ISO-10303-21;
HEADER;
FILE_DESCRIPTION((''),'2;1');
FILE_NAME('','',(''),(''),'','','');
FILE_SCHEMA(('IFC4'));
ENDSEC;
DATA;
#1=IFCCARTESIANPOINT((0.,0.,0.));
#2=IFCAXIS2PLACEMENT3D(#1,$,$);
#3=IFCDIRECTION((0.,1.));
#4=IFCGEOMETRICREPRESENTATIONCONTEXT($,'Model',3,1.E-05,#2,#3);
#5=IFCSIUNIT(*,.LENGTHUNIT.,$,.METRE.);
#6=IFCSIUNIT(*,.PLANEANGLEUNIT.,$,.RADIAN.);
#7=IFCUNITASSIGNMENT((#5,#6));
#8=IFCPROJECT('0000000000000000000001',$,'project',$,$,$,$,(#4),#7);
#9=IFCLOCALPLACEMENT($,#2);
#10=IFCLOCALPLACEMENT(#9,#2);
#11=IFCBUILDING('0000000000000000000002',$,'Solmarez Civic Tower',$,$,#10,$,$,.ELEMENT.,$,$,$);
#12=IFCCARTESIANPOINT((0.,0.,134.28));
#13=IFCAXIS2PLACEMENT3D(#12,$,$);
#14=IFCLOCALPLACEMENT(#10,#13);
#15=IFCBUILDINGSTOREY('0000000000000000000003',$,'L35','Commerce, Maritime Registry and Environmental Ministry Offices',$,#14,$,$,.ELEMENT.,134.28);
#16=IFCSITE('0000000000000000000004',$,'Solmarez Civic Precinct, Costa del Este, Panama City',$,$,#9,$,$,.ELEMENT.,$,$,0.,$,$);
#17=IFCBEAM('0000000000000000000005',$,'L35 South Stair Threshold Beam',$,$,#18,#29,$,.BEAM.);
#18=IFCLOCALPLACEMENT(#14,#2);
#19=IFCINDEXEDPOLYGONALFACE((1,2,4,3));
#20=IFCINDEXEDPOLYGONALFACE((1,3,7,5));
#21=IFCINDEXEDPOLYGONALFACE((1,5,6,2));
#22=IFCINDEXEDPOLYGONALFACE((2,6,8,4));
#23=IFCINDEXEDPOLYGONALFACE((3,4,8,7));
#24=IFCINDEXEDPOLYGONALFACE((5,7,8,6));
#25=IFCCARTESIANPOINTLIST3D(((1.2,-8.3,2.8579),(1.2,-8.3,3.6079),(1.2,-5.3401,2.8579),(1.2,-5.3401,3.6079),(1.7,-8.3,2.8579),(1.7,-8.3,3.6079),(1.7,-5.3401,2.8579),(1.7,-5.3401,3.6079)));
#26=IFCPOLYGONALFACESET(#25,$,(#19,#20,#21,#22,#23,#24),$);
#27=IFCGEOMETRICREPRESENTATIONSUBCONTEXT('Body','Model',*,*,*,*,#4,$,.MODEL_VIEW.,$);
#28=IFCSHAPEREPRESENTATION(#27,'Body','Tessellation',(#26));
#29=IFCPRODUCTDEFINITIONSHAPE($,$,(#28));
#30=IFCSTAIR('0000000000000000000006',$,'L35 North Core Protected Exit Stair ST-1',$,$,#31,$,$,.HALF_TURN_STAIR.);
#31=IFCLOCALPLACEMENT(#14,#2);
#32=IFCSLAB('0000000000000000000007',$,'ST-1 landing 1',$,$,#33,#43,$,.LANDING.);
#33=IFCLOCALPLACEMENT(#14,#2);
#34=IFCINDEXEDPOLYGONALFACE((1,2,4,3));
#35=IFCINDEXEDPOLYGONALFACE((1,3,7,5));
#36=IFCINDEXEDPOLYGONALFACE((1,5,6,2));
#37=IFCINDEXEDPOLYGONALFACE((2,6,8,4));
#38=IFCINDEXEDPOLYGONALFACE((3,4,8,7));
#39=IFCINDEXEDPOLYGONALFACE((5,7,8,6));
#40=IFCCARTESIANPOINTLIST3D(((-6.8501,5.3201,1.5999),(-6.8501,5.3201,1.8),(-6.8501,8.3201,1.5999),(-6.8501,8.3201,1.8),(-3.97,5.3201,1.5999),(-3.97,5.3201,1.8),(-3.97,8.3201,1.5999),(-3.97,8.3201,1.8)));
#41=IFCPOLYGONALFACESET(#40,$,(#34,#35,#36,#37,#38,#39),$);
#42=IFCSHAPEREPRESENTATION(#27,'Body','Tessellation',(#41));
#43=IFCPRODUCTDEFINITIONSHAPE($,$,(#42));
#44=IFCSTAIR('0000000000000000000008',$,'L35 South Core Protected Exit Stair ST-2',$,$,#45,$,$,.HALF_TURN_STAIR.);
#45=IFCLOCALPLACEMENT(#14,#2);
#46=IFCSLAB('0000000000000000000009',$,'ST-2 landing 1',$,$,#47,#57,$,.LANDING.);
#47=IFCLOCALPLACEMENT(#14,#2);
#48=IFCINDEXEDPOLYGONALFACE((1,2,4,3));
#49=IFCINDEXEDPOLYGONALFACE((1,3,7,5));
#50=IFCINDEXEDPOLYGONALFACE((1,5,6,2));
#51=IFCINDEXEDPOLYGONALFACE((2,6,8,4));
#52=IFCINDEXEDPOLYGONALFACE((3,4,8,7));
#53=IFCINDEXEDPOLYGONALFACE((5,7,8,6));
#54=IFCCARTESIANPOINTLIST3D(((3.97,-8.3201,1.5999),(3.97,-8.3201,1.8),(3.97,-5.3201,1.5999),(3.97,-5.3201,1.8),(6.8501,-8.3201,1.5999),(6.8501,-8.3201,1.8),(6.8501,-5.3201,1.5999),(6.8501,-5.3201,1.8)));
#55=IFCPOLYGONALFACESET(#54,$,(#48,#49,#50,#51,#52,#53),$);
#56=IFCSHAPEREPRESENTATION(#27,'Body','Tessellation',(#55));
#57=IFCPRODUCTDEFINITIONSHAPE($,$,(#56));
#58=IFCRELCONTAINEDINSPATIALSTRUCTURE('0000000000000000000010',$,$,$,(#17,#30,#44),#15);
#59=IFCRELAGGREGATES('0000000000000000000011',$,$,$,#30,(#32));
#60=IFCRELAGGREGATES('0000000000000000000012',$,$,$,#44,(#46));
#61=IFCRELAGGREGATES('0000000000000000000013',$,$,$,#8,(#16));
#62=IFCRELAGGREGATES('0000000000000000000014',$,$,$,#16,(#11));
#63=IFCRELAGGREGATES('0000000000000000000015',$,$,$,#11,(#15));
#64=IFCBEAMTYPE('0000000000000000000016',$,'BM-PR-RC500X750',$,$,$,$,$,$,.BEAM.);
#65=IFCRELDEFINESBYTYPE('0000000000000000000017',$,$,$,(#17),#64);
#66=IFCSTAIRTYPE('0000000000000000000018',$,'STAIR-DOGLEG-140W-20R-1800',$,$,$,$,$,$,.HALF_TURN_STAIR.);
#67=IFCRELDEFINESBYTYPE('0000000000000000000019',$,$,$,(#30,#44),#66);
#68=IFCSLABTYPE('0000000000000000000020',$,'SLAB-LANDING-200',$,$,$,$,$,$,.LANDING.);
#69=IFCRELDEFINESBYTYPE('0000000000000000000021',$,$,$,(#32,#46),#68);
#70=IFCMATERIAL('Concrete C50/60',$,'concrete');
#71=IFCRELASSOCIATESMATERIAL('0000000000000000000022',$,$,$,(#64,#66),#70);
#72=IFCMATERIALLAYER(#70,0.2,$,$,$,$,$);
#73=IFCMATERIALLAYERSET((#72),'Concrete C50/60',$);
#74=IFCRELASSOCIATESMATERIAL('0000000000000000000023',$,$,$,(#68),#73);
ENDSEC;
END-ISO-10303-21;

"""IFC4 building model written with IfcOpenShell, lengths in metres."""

from ifc_helpers import new_model, si_unit, direction, frame, origin, origin_2d, place, context, subcontext, project, spatial, polyline, rectangle, outline, extrude, material, layer, layer_set, material_profile, profile_set, type_object, element, aggregate, save


model = new_model("IFC4")

# Units and contexts
model_context = context("Model", 3, precision=1e-05, world=origin(), true_north=direction((0.0, 1.0)))
body_context = subcontext(model_context, "Body", "Model", "MODEL_VIEW")
ifc_project = project(units=[si_unit("LENGTHUNIT", "METRE"), si_unit("PLANEANGLEUNIT", "RADIAN")], contexts=[model_context])

# Site, building, storey
site_placement = place(None, origin())
site = spatial("IfcSite", under=ifc_project, at=site_placement, Name="Solmarez Civic Precinct, Costa del Este, Panama City", CompositionType="ELEMENT", RefElevation=0.0)
building_placement = place(site_placement, origin())
building = spatial("IfcBuilding", under=site, at=building_placement, Name="Solmarez Civic Tower", CompositionType="ELEMENT")
storey_placement = place(building_placement, frame((0.0, 0.0, 134.28)))
storey = spatial("IfcBuildingStorey", under=building, at=storey_placement, Name="L35", Description="Commerce, Maritime Registry and Environmental Ministry Offices", CompositionType="ELEMENT", Elevation=134.28)

# Beam
ifc_material_1 = material(Name="Concrete C50/60", Category="concrete")
ifc_material_profile = material_profile(ifc_material_1, rectangle(XDim=0.5, YDim=0.75, at=origin_2d()), Name="RC500X750")
ifc_profile_set = profile_set([ifc_material_profile], Name="Concrete C50/60")
beam_type = type_object("IfcBeamType", Name="BM-PR-RC500X750", PredefinedType="BEAM", material=ifc_profile_set)
beam_placement = place(storey_placement, frame((1.45, -8.3, 3.2329), z_axis=(0.0, 1.0, 0.0), x_axis=(-1.0, 0.0, 0.0)))
element("IfcBeam", 1, at=beam_placement, inside=storey, type_object=beam_type, Name="L35 South Stair Threshold Beam", PredefinedType="BEAM", context=body_context, shape_type="SweptSolid", body=[
    extrude(rectangle(XDim=0.5, YDim=0.75, at=origin_2d()), origin(), (0.0, 0.0, 1.0), 2.96),
])

# Stairs, slabs
stair_type = type_object("IfcStairType", Name="STAIR-DOGLEG-140W-20R-1800", PredefinedType="HALF_TURN_STAIR", material=ifc_material_1)
stair_1_placement = place(storey_placement, origin())
stair_1 = element("IfcStair", 2, at=stair_1_placement, inside=storey, type_object=stair_type, Name="L35 North Core Protected Exit Stair ST-1", PredefinedType="HALF_TURN_STAIR")
ifc_layer_1 = layer(ifc_material_1, 0.2)
ifc_layer_set_1 = layer_set([ifc_layer_1], Name="Concrete C50/60")
slab_type_1 = type_object("IfcSlabType", Name="SLAB-LANDING-200", PredefinedType="LANDING", material=ifc_layer_set_1)
slab_1_placement = place(storey_placement, frame((0.0, 0.0, 1.5999)))
slab_1 = element("IfcSlab", 3, at=slab_1_placement, type_object=slab_type_1, Name="ST-1 landing 1", PredefinedType="LANDING", context=body_context, shape_type="SweptSolid", body=[
    extrude(outline(polyline([(-3.97, 8.3201), (-6.8501, 8.3201), (-6.8501, 5.3201), (-3.97, 5.3201), (-3.97, 8.3201)])), origin(), (0.0, 0.0, 1.0), 0.2002),
])
aggregate(stair_1, [slab_1])
stair_2_placement = place(storey_placement, origin())
stair_2 = element("IfcStair", 4, at=stair_2_placement, inside=storey, type_object=stair_type, Name="L35 South Core Protected Exit Stair ST-2", PredefinedType="HALF_TURN_STAIR")
slab_2_placement = place(storey_placement, frame((0.0, 0.0, 1.5999)))
slab_2 = element("IfcSlab", 5, at=slab_2_placement, type_object=slab_type_1, Name="ST-2 landing 1", PredefinedType="LANDING", context=body_context, shape_type="SweptSolid", body=[
    extrude(outline(polyline([(3.97, -8.3201), (6.8501, -8.3201), (6.8501, -5.3201), (3.97, -5.3201), (3.97, -8.3201)])), origin(), (0.0, 0.0, 1.0), 0.2002),
])

aggregate(stair_2, [slab_2])

save(model, "model.ifc")
